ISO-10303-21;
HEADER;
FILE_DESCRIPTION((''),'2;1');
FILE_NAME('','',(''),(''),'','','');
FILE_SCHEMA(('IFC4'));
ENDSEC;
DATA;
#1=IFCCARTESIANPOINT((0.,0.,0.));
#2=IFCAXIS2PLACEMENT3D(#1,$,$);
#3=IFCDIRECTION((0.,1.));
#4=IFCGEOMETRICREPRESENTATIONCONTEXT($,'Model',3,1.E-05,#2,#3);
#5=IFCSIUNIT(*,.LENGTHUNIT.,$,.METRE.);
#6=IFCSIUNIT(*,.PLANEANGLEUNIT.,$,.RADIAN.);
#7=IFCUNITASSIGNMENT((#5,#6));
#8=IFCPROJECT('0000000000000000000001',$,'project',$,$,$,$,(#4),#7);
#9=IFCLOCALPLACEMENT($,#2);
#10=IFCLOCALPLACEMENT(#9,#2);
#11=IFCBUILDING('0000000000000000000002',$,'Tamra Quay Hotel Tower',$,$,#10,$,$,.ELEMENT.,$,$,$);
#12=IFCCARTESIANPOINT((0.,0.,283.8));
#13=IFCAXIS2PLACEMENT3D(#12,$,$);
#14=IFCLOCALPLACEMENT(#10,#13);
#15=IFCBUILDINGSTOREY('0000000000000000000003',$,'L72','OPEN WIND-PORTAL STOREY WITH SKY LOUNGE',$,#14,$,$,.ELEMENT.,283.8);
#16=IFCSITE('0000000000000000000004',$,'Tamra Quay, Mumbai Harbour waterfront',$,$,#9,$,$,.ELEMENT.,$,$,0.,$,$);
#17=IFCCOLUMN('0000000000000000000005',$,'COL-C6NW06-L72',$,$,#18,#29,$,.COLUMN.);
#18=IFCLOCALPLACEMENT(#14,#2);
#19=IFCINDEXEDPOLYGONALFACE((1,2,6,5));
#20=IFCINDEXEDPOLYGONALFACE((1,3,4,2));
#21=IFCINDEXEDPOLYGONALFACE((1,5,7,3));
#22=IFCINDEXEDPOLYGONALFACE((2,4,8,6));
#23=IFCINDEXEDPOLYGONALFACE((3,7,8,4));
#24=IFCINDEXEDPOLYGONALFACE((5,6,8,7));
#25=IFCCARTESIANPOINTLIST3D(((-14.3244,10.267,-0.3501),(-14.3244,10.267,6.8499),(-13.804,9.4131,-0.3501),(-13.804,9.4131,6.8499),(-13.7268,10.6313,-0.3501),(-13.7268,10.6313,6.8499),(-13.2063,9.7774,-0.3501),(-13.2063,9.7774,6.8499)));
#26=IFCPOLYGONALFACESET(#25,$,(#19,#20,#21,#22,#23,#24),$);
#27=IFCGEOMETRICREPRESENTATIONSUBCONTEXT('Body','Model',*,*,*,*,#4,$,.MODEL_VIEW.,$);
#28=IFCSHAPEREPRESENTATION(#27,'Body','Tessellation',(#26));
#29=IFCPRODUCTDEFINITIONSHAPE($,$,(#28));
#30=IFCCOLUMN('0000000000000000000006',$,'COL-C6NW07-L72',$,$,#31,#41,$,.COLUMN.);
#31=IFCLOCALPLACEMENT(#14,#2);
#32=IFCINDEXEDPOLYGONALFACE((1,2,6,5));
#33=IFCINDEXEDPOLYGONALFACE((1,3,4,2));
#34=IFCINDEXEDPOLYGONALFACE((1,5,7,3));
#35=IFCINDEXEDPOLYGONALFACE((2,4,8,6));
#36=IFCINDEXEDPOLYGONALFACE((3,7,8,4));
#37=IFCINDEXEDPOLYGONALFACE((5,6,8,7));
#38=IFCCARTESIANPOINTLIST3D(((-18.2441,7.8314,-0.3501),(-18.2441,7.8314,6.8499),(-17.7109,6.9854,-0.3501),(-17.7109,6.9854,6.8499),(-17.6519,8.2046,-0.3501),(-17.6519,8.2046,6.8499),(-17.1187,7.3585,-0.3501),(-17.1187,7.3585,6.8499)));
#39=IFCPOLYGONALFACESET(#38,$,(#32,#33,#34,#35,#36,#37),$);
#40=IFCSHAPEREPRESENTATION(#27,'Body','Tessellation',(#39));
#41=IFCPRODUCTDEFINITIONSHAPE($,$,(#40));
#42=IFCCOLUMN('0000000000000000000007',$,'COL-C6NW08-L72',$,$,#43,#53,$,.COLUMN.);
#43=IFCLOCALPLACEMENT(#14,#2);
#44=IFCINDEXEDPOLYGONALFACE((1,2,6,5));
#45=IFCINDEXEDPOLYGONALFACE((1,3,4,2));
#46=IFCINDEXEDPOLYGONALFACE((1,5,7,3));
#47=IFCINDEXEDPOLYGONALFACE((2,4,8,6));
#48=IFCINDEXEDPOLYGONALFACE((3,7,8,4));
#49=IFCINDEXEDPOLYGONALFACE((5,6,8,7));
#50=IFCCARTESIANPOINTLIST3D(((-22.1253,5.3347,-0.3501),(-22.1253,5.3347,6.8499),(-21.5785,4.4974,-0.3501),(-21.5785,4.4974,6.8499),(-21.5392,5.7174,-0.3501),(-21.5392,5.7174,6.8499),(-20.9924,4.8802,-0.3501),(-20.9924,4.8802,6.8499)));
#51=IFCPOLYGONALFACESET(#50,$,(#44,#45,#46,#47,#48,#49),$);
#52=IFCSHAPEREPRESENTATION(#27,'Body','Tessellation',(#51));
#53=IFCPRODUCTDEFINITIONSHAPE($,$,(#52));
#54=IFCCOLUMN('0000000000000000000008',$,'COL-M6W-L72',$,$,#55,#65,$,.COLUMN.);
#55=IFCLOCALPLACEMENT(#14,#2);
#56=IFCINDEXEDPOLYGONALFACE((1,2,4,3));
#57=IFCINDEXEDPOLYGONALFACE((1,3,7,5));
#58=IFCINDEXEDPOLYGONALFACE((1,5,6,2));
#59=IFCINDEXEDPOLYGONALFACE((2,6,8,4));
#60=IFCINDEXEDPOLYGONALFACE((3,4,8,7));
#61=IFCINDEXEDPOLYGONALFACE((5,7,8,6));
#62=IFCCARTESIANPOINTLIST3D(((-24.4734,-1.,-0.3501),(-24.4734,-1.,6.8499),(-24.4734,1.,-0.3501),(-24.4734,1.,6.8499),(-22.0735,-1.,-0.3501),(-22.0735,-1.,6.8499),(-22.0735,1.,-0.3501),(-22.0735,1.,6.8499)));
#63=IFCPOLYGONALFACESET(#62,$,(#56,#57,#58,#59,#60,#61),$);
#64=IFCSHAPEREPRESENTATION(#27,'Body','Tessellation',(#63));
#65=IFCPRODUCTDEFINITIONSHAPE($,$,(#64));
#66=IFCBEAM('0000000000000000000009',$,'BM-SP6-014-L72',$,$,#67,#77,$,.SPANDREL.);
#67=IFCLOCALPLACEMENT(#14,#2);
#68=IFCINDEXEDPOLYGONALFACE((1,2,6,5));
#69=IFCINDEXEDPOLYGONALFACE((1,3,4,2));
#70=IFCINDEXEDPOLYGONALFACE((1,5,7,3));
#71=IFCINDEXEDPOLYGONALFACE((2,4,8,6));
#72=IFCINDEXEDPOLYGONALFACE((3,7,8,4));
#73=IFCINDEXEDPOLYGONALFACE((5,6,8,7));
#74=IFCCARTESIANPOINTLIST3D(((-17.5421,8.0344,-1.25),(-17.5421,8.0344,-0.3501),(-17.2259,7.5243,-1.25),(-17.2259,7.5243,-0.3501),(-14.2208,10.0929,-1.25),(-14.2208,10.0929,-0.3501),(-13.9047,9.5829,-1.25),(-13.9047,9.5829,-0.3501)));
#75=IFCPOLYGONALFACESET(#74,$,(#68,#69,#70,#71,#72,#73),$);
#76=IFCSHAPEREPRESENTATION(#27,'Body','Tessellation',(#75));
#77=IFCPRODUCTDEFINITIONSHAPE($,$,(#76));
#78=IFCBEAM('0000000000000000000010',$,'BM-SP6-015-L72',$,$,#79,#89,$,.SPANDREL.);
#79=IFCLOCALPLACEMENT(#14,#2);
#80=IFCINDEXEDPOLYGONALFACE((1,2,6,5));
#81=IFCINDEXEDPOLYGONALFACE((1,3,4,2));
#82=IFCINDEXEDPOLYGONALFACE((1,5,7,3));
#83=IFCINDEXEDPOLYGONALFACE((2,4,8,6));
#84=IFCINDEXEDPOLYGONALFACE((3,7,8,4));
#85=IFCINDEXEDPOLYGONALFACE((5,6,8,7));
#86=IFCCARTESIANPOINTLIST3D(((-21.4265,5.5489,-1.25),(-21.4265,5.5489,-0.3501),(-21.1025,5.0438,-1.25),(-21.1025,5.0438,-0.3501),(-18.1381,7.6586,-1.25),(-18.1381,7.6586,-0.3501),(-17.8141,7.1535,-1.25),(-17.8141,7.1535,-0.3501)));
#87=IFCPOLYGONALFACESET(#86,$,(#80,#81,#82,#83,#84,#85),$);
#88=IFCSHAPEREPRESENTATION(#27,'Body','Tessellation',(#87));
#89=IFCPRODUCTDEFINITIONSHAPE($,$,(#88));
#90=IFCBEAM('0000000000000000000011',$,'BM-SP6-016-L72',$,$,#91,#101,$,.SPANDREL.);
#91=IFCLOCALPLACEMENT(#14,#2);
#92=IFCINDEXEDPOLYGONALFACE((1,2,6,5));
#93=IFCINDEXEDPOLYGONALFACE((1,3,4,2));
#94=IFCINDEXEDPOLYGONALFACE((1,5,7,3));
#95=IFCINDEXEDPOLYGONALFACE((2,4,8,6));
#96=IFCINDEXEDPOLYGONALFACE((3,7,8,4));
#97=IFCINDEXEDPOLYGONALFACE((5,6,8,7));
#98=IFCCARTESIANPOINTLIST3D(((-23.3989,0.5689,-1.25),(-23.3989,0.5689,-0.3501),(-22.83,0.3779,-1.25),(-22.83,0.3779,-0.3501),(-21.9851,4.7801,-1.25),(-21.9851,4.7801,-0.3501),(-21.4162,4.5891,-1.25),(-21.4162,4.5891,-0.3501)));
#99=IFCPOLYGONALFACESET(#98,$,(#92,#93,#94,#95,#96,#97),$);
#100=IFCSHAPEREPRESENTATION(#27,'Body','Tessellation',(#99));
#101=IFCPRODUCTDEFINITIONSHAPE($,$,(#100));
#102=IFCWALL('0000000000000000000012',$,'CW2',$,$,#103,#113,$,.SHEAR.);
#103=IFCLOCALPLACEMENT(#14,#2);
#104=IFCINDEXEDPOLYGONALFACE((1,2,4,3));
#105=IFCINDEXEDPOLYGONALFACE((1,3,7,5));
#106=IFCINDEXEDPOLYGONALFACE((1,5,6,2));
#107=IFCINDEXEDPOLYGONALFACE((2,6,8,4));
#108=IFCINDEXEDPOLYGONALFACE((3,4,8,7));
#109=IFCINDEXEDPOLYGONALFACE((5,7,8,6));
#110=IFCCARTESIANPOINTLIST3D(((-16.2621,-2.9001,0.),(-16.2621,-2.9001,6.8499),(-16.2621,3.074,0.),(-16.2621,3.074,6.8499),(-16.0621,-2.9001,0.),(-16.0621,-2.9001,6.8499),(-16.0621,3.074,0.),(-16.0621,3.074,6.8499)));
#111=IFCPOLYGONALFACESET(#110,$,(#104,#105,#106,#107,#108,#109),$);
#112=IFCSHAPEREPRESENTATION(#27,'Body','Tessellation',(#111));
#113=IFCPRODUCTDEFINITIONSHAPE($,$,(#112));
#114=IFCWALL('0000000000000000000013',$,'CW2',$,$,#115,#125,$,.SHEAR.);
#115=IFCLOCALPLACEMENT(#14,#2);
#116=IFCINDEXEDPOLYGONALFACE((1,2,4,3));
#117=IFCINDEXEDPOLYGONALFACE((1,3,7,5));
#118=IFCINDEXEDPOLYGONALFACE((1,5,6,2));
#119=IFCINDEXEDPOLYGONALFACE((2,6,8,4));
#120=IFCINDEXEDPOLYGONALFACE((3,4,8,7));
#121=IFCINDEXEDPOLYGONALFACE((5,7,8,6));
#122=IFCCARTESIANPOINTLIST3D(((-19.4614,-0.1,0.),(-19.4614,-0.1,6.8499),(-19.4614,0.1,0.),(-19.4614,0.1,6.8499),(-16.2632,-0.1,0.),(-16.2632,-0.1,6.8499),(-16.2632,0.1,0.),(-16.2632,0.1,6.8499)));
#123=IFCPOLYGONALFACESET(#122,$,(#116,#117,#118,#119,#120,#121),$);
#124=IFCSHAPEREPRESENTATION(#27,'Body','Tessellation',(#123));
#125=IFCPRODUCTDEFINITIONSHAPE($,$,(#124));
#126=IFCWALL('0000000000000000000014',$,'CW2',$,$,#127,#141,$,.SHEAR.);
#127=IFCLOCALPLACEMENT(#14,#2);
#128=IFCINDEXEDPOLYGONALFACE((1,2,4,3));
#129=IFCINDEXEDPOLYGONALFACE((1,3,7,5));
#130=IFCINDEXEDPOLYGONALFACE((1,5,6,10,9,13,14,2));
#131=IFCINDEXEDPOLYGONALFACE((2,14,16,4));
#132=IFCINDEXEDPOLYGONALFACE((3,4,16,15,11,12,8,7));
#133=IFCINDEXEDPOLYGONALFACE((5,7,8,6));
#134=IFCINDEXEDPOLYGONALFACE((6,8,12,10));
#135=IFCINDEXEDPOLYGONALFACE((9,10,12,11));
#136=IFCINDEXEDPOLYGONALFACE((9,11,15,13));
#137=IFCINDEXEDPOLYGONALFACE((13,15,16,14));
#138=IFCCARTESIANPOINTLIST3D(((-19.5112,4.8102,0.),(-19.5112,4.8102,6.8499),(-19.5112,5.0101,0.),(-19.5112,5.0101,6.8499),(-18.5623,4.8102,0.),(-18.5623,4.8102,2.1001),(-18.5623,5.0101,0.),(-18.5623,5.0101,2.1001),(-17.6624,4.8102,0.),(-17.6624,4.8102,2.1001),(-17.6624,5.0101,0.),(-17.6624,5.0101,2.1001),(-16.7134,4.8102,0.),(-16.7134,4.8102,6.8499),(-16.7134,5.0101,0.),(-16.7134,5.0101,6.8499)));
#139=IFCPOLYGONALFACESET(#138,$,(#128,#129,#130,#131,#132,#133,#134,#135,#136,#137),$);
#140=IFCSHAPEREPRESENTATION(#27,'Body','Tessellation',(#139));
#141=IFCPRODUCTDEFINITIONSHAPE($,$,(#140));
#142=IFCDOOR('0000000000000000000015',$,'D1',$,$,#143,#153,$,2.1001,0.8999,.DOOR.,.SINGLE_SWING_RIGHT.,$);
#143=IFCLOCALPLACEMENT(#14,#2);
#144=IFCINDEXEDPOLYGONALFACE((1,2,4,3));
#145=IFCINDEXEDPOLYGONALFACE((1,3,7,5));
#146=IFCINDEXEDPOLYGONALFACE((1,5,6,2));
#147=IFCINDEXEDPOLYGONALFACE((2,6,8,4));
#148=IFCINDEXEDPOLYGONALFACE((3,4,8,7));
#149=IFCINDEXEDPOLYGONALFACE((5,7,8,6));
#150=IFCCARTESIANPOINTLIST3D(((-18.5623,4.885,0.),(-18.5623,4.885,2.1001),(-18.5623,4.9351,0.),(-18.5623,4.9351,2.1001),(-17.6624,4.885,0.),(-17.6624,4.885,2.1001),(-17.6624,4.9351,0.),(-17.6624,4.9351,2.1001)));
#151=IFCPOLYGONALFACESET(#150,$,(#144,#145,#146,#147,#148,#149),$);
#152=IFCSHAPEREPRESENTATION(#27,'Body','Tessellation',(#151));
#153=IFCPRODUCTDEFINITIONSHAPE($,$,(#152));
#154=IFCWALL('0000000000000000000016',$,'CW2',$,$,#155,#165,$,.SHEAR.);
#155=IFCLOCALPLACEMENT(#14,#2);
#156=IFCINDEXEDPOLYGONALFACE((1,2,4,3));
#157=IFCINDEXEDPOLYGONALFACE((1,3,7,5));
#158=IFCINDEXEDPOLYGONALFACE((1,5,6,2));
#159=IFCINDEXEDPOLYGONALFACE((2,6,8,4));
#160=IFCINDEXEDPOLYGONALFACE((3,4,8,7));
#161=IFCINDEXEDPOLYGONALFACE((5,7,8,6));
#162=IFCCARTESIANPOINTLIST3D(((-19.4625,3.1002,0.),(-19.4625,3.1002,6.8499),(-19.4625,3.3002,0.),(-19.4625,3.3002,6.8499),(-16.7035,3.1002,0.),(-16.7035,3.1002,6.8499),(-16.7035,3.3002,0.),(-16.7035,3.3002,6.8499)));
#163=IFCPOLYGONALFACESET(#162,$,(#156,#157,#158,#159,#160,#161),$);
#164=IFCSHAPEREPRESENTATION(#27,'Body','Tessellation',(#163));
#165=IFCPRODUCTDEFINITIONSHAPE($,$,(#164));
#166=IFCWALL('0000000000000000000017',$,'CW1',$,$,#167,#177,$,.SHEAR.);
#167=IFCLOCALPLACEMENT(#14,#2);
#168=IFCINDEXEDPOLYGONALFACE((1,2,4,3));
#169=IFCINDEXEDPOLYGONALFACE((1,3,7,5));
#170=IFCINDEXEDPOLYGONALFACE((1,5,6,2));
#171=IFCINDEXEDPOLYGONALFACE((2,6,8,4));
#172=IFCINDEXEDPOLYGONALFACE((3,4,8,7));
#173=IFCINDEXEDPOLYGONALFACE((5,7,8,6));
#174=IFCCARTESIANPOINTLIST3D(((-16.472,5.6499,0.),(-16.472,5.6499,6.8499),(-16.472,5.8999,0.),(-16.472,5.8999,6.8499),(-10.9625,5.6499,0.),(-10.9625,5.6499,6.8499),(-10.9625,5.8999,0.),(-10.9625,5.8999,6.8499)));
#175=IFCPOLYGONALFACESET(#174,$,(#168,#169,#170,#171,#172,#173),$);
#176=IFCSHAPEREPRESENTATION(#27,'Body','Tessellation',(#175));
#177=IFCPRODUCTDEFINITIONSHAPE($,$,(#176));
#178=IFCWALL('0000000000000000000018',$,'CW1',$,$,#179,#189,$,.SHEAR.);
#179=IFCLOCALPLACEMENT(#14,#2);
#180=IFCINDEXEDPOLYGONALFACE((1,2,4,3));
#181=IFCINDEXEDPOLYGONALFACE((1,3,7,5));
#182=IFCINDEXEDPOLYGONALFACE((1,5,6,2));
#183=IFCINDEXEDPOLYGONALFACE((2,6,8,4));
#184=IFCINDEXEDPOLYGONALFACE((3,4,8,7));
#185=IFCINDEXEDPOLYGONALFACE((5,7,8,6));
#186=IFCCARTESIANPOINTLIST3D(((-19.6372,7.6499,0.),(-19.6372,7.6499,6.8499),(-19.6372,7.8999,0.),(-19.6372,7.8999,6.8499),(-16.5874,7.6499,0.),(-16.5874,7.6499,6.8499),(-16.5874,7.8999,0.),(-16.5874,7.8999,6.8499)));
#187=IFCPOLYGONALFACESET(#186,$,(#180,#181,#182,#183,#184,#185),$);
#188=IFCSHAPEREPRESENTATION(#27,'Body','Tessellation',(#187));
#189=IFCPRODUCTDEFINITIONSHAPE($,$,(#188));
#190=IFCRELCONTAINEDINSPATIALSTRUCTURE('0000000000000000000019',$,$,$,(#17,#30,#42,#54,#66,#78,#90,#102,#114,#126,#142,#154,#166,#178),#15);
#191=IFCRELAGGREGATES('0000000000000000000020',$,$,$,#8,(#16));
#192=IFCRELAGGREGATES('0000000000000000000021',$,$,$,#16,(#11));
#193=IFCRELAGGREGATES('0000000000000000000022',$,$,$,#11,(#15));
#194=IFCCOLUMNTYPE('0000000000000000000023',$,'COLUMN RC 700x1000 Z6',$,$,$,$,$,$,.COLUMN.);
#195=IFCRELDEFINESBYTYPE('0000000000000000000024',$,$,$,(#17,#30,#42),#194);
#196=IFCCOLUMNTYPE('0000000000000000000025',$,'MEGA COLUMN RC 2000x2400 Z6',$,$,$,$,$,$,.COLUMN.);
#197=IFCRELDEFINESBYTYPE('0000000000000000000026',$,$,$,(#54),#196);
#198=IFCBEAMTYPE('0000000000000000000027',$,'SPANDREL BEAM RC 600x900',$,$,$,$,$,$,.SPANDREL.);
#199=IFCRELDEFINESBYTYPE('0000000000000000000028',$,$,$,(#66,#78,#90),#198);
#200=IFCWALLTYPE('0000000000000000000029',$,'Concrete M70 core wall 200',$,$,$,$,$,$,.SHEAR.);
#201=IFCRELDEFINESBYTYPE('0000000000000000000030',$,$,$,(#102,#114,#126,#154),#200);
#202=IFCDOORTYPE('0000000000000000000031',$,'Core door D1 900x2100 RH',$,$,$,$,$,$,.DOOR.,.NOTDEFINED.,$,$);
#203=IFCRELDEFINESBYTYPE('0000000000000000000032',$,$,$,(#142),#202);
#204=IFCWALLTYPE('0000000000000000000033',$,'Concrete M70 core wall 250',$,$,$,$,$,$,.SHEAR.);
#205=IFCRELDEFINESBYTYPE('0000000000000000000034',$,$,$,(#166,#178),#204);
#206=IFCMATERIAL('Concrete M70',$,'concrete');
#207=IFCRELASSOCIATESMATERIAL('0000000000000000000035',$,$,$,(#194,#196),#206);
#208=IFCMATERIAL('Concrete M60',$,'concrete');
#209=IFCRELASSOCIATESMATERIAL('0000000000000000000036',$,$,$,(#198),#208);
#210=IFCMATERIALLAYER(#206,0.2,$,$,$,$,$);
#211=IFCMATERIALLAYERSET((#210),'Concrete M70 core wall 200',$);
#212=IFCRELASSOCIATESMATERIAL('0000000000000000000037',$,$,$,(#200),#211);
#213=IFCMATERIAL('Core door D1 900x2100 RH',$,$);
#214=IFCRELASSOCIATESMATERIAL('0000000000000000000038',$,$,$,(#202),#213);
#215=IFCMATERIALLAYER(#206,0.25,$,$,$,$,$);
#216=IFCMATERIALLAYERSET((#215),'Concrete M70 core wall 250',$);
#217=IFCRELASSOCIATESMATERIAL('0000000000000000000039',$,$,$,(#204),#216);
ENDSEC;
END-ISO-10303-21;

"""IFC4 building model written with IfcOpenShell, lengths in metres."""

from ifc_helpers import new_model, si_unit, direction, frame, frame_2d, origin, origin_2d, place, context, subcontext, project, spatial, rectangle, extrude, material, layer, layer_set, material_profile, profile_set, type_object, element, fill, save


model = new_model("IFC4")

# Units and contexts
model_context = context("Model", 3, precision=1e-05, world=origin(), true_north=direction((0.0, 1.0)))
body_context = subcontext(model_context, "Body", "Model", "MODEL_VIEW")
ifc_project = project(units=[si_unit("LENGTHUNIT", "METRE"), si_unit("PLANEANGLEUNIT", "RADIAN")], contexts=[model_context])

# Site, building, storey
site_placement = place(None, origin())
site = spatial("IfcSite", under=ifc_project, at=site_placement, Name="Tamra Quay, Mumbai Harbour waterfront", CompositionType="ELEMENT", RefElevation=0.0)
building_placement = place(site_placement, origin())
building = spatial("IfcBuilding", under=site, at=building_placement, Name="Tamra Quay Hotel Tower", CompositionType="ELEMENT")
storey_placement = place(building_placement, frame((0.0, 0.0, 283.8)))
storey = spatial("IfcBuildingStorey", under=building, at=storey_placement, Name="L72", Description="OPEN WIND-PORTAL STOREY WITH SKY LOUNGE", CompositionType="ELEMENT", Elevation=283.8)

# Columns
ifc_material_1 = material(Name="Concrete M70", Category="concrete")
ifc_material_profile_1 = material_profile(ifc_material_1, rectangle(XDim=1.0, YDim=0.7, at=origin_2d()), Name="COLUMN RC 700x1000 Z6")
ifc_profile_set_1 = profile_set([ifc_material_profile_1], Name="Concrete M70")
column_type_1 = type_object("IfcColumnType", Name="COLUMN RC 700x1000 Z6", PredefinedType="COLUMN", material=ifc_profile_set_1)
for number, where, z_axis, x_axis, name in (
    (1, (-13.7654, 10.0222, -0.3501), (0.0, 0.0, 1.0), (-0.52043, 0.853904, 0.0), "COL-C6NW06-L72"),
    (2, (-17.6814, 7.595, -0.3501), (0.0, 0.0, 1.0), (-0.533133, 0.846031, 0.0), "COL-C6NW07-L72"),
    (3, (-21.5588, 5.1074, -0.3501), (0.0, 0.0, 1.0), (-0.546805, 0.83726, 0.0), "COL-C6NW08-L72"),
):
    element("IfcColumn", number, at=place(storey_placement, frame(where, z_axis=z_axis, x_axis=x_axis)), inside=storey, type_object=column_type_1, Name=name, PredefinedType="COLUMN", context=body_context, shape_type="SweptSolid", body=[
        extrude(rectangle(XDim=1.0, YDim=0.7, at=origin_2d()), origin(), (0.0, 0.0, 1.0), 7.2),
    ])
ifc_material_profile_2 = material_profile(ifc_material_1, rectangle(XDim=2.3999, YDim=2.0, at=origin_2d()), Name="MEGA COLUMN RC 2000x2400 Z6")
ifc_profile_set_2 = profile_set([ifc_material_profile_2], Name="Concrete M70")
column_type_2 = type_object("IfcColumnType", Name="MEGA COLUMN RC 2000x2400 Z6", PredefinedType="COLUMN", material=ifc_profile_set_2)
column_placement = place(storey_placement, frame((-23.2734, 0.0, -0.3501), z_axis=(0.0, 0.0, 1.0), x_axis=(1.0, 0.0, 0.0)))
element("IfcColumn", 4, at=column_placement, inside=storey, type_object=column_type_2, Name="COL-M6W-L72", PredefinedType="COLUMN", context=body_context, shape_type="SweptSolid", body=[
    extrude(rectangle(XDim=2.3999, YDim=2.0, at=origin_2d()), origin(), (0.0, 0.0, 1.0), 7.2),
])

# Beams
ifc_material_2 = material(Name="Concrete M60", Category="concrete")
ifc_material_profile_3 = material_profile(ifc_material_2, rectangle(XDim=0.6001, YDim=0.8999, at=origin_2d()), Name="SPANDREL BEAM RC 600x900")
ifc_profile_set_3 = profile_set([ifc_material_profile_3], Name="Concrete M60")
beam_type = type_object("IfcBeamType", Name="SPANDREL BEAM RC 600x900", PredefinedType="SPANDREL", material=ifc_profile_set_3)
beam_1_placement = place(storey_placement, frame((-14.0627, 9.8379, -0.8), z_axis=(-0.849972, -0.526828, 0.0), x_axis=(0.526828, -0.849972, 0.0)))
element("IfcBeam", 5, at=beam_1_placement, inside=storey, type_object=beam_type, Name="BM-SP6-014-L72", PredefinedType="SPANDREL", context=body_context, shape_type="SweptSolid", body=[
    extrude(rectangle(XDim=0.6001, YDim=0.8999, at=origin_2d()), origin(), (0.0, 0.0, 1.0), 3.9075),
])
beam_2_placement = place(storey_placement, frame((-17.9761, 7.406, -0.8), z_axis=(-0.84168, -0.539977, 0.0), x_axis=(0.539977, -0.84168, 0.0)))
element("IfcBeam", 6, at=beam_2_placement, inside=storey, type_object=beam_type, Name="BM-SP6-015-L72", PredefinedType="SPANDREL", context=body_context, shape_type="SweptSolid", body=[
    extrude(rectangle(XDim=0.6001, YDim=0.8999, at=origin_2d()), origin(), (0.0, 0.0, 1.0), 3.907),
])
beam_3_placement = place(storey_placement, frame((-21.7007, 4.6846, -0.8), z_axis=(-0.318272, -0.948, 0.0), x_axis=(0.948, -0.318272, 0.0)))
element("IfcBeam", 7, at=beam_3_placement, inside=storey, type_object=beam_type, Name="BM-SP6-016-L72", PredefinedType="SPANDREL", context=body_context, shape_type="SweptSolid", body=[
    extrude(rectangle(XDim=0.6001, YDim=0.8999, at=origin_2d()), origin(), (0.0, 0.0, 1.0), 4.4421),
])

# Walls
ifc_layer_1 = layer(ifc_material_1, 0.2)
ifc_layer_set_1 = layer_set([ifc_layer_1], Name="Concrete M70 core wall 200")
wall_type_1 = type_object("IfcWallType", Name="Concrete M70 core wall 200", PredefinedType="SHEAR", material=ifc_layer_set_1)
wall_1_placement = place(storey_placement, frame((-16.1621, 3.074, 0.0), z_axis=(0.0, 0.0, 1.0), x_axis=(0.0, -1.0, 0.0)))
element("IfcWall", 8, at=wall_1_placement, inside=storey, type_object=wall_type_1, Name="CW2", PredefinedType="SHEAR", context=body_context, shape_type="SweptSolid", body=[
    extrude(rectangle(XDim=5.9741, YDim=0.2, at=frame_2d((2.9871, 0.0))), origin(), (0.0, 0.0, 1.0), 6.8499),
])
wall_2_placement = place(storey_placement, frame((-16.2632, 0.0, 0.0), z_axis=(0.0, 0.0, 1.0), x_axis=(-1.0, 0.0, 0.0)))
element("IfcWall", 9, at=wall_2_placement, inside=storey, type_object=wall_type_1, Name="CW2", PredefinedType="SHEAR", context=body_context, shape_type="SweptSolid", body=[
    extrude(rectangle(XDim=3.1982, YDim=0.2, at=frame_2d((1.5991, 0.0))), origin(), (0.0, 0.0, 1.0), 6.8499),
])

# Wall, opening, door
wall_3_placement = place(storey_placement, frame((-19.5112, 4.9102, 0.0), z_axis=(0.0, 0.0, 1.0), x_axis=(1.0, 0.0, 0.0)))
wall_3 = element("IfcWall", 10, at=wall_3_placement, inside=storey, type_object=wall_type_1, Name="CW2", PredefinedType="SHEAR", context=body_context, shape_type="SweptSolid", body=[
    extrude(rectangle(XDim=2.7979, YDim=0.2, at=frame_2d((1.3989, 0.0))), origin(), (0.0, 0.0, 1.0), 6.8499),
])
opening_placement = place(wall_3_placement, frame((0.949, 0.0, 0.0)))
opening = element("IfcOpeningElement", 11, at=opening_placement, cuts=wall_3, PredefinedType="OPENING", context=body_context, shape_type="SweptSolid", body=[
    extrude(rectangle(XDim=0.8999, YDim=2.1001, at=frame_2d((0.45, 1.05))), frame((0.0, 0.1099, 0.0), z_axis=(0.0, -1.0, 0.0), x_axis=(1.0, 0.0, 0.0)), (0.0, 0.0, 1.0), 0.22),
])
ifc_material_3 = material(Name="Core door D1 900x2100 RH")
door_type = type_object("IfcDoorType", Name="Core door D1 900x2100 RH", OperationType="NOTDEFINED", PredefinedType="DOOR", material=ifc_material_3)
door_placement = place(opening_placement, origin())
door = element("IfcDoor", 12, at=door_placement, inside=storey, type_object=door_type, Name="D1", OperationType="SINGLE_SWING_RIGHT", OverallHeight=2.1001, OverallWidth=0.8999, PredefinedType="DOOR", context=body_context, shape_type="SweptSolid", body=[
    extrude(rectangle(XDim=0.8999, YDim=2.1001, at=frame_2d((0.45, 1.05))), frame((0.0, 0.0249, 0.0), z_axis=(0.0, -1.0, 0.0), x_axis=(1.0, 0.0, 0.0)), (0.0, 0.0, 1.0), 0.05),
])
fill(opening, door)

# Walls
wall_4_placement = place(storey_placement, frame((-19.4624, 3.2002, 0.0), z_axis=(0.0, 0.0, 1.0), x_axis=(1.0, 0.0, 0.0)))
element("IfcWall", 13, at=wall_4_placement, inside=storey, type_object=wall_type_1, Name="CW2", PredefinedType="SHEAR", context=body_context, shape_type="SweptSolid", body=[
    extrude(rectangle(XDim=2.759, YDim=0.2, at=frame_2d((1.3794, 0.0))), origin(), (0.0, 0.0, 1.0), 6.8499),
])
ifc_layer_2 = layer(ifc_material_1, 0.25)
ifc_layer_set_2 = layer_set([ifc_layer_2], Name="Concrete M70 core wall 250")
wall_type_2 = type_object("IfcWallType", Name="Concrete M70 core wall 250", PredefinedType="SHEAR", material=ifc_layer_set_2)
wall_5_placement = place(storey_placement, frame((-16.4722, 5.7749, 0.0), z_axis=(0.0, 0.0, 1.0), x_axis=(1.0, 0.0, 0.0)))
element("IfcWall", 14, at=wall_5_placement, inside=storey, type_object=wall_type_2, Name="CW1", PredefinedType="SHEAR", context=body_context, shape_type="SweptSolid", body=[
    extrude(rectangle(XDim=5.5095, YDim=0.25, at=frame_2d((2.7549, 0.0))), origin(), (0.0, 0.0, 1.0), 6.8499),
])
wall_6_placement = place(storey_placement, frame((-19.6372, 7.7749, 0.0), z_axis=(0.0, 0.0, 1.0), x_axis=(1.0, 0.0, 0.0)))
element("IfcWall", 15, at=wall_6_placement, inside=storey, type_object=wall_type_2, Name="CW1", PredefinedType="SHEAR", context=body_context, shape_type="SweptSolid", body=[
    extrude(rectangle(XDim=3.0498, YDim=0.25, at=frame_2d((1.5249, 0.0))), origin(), (0.0, 0.0, 1.0), 6.8499),
])

save(model, "model.ifc")
